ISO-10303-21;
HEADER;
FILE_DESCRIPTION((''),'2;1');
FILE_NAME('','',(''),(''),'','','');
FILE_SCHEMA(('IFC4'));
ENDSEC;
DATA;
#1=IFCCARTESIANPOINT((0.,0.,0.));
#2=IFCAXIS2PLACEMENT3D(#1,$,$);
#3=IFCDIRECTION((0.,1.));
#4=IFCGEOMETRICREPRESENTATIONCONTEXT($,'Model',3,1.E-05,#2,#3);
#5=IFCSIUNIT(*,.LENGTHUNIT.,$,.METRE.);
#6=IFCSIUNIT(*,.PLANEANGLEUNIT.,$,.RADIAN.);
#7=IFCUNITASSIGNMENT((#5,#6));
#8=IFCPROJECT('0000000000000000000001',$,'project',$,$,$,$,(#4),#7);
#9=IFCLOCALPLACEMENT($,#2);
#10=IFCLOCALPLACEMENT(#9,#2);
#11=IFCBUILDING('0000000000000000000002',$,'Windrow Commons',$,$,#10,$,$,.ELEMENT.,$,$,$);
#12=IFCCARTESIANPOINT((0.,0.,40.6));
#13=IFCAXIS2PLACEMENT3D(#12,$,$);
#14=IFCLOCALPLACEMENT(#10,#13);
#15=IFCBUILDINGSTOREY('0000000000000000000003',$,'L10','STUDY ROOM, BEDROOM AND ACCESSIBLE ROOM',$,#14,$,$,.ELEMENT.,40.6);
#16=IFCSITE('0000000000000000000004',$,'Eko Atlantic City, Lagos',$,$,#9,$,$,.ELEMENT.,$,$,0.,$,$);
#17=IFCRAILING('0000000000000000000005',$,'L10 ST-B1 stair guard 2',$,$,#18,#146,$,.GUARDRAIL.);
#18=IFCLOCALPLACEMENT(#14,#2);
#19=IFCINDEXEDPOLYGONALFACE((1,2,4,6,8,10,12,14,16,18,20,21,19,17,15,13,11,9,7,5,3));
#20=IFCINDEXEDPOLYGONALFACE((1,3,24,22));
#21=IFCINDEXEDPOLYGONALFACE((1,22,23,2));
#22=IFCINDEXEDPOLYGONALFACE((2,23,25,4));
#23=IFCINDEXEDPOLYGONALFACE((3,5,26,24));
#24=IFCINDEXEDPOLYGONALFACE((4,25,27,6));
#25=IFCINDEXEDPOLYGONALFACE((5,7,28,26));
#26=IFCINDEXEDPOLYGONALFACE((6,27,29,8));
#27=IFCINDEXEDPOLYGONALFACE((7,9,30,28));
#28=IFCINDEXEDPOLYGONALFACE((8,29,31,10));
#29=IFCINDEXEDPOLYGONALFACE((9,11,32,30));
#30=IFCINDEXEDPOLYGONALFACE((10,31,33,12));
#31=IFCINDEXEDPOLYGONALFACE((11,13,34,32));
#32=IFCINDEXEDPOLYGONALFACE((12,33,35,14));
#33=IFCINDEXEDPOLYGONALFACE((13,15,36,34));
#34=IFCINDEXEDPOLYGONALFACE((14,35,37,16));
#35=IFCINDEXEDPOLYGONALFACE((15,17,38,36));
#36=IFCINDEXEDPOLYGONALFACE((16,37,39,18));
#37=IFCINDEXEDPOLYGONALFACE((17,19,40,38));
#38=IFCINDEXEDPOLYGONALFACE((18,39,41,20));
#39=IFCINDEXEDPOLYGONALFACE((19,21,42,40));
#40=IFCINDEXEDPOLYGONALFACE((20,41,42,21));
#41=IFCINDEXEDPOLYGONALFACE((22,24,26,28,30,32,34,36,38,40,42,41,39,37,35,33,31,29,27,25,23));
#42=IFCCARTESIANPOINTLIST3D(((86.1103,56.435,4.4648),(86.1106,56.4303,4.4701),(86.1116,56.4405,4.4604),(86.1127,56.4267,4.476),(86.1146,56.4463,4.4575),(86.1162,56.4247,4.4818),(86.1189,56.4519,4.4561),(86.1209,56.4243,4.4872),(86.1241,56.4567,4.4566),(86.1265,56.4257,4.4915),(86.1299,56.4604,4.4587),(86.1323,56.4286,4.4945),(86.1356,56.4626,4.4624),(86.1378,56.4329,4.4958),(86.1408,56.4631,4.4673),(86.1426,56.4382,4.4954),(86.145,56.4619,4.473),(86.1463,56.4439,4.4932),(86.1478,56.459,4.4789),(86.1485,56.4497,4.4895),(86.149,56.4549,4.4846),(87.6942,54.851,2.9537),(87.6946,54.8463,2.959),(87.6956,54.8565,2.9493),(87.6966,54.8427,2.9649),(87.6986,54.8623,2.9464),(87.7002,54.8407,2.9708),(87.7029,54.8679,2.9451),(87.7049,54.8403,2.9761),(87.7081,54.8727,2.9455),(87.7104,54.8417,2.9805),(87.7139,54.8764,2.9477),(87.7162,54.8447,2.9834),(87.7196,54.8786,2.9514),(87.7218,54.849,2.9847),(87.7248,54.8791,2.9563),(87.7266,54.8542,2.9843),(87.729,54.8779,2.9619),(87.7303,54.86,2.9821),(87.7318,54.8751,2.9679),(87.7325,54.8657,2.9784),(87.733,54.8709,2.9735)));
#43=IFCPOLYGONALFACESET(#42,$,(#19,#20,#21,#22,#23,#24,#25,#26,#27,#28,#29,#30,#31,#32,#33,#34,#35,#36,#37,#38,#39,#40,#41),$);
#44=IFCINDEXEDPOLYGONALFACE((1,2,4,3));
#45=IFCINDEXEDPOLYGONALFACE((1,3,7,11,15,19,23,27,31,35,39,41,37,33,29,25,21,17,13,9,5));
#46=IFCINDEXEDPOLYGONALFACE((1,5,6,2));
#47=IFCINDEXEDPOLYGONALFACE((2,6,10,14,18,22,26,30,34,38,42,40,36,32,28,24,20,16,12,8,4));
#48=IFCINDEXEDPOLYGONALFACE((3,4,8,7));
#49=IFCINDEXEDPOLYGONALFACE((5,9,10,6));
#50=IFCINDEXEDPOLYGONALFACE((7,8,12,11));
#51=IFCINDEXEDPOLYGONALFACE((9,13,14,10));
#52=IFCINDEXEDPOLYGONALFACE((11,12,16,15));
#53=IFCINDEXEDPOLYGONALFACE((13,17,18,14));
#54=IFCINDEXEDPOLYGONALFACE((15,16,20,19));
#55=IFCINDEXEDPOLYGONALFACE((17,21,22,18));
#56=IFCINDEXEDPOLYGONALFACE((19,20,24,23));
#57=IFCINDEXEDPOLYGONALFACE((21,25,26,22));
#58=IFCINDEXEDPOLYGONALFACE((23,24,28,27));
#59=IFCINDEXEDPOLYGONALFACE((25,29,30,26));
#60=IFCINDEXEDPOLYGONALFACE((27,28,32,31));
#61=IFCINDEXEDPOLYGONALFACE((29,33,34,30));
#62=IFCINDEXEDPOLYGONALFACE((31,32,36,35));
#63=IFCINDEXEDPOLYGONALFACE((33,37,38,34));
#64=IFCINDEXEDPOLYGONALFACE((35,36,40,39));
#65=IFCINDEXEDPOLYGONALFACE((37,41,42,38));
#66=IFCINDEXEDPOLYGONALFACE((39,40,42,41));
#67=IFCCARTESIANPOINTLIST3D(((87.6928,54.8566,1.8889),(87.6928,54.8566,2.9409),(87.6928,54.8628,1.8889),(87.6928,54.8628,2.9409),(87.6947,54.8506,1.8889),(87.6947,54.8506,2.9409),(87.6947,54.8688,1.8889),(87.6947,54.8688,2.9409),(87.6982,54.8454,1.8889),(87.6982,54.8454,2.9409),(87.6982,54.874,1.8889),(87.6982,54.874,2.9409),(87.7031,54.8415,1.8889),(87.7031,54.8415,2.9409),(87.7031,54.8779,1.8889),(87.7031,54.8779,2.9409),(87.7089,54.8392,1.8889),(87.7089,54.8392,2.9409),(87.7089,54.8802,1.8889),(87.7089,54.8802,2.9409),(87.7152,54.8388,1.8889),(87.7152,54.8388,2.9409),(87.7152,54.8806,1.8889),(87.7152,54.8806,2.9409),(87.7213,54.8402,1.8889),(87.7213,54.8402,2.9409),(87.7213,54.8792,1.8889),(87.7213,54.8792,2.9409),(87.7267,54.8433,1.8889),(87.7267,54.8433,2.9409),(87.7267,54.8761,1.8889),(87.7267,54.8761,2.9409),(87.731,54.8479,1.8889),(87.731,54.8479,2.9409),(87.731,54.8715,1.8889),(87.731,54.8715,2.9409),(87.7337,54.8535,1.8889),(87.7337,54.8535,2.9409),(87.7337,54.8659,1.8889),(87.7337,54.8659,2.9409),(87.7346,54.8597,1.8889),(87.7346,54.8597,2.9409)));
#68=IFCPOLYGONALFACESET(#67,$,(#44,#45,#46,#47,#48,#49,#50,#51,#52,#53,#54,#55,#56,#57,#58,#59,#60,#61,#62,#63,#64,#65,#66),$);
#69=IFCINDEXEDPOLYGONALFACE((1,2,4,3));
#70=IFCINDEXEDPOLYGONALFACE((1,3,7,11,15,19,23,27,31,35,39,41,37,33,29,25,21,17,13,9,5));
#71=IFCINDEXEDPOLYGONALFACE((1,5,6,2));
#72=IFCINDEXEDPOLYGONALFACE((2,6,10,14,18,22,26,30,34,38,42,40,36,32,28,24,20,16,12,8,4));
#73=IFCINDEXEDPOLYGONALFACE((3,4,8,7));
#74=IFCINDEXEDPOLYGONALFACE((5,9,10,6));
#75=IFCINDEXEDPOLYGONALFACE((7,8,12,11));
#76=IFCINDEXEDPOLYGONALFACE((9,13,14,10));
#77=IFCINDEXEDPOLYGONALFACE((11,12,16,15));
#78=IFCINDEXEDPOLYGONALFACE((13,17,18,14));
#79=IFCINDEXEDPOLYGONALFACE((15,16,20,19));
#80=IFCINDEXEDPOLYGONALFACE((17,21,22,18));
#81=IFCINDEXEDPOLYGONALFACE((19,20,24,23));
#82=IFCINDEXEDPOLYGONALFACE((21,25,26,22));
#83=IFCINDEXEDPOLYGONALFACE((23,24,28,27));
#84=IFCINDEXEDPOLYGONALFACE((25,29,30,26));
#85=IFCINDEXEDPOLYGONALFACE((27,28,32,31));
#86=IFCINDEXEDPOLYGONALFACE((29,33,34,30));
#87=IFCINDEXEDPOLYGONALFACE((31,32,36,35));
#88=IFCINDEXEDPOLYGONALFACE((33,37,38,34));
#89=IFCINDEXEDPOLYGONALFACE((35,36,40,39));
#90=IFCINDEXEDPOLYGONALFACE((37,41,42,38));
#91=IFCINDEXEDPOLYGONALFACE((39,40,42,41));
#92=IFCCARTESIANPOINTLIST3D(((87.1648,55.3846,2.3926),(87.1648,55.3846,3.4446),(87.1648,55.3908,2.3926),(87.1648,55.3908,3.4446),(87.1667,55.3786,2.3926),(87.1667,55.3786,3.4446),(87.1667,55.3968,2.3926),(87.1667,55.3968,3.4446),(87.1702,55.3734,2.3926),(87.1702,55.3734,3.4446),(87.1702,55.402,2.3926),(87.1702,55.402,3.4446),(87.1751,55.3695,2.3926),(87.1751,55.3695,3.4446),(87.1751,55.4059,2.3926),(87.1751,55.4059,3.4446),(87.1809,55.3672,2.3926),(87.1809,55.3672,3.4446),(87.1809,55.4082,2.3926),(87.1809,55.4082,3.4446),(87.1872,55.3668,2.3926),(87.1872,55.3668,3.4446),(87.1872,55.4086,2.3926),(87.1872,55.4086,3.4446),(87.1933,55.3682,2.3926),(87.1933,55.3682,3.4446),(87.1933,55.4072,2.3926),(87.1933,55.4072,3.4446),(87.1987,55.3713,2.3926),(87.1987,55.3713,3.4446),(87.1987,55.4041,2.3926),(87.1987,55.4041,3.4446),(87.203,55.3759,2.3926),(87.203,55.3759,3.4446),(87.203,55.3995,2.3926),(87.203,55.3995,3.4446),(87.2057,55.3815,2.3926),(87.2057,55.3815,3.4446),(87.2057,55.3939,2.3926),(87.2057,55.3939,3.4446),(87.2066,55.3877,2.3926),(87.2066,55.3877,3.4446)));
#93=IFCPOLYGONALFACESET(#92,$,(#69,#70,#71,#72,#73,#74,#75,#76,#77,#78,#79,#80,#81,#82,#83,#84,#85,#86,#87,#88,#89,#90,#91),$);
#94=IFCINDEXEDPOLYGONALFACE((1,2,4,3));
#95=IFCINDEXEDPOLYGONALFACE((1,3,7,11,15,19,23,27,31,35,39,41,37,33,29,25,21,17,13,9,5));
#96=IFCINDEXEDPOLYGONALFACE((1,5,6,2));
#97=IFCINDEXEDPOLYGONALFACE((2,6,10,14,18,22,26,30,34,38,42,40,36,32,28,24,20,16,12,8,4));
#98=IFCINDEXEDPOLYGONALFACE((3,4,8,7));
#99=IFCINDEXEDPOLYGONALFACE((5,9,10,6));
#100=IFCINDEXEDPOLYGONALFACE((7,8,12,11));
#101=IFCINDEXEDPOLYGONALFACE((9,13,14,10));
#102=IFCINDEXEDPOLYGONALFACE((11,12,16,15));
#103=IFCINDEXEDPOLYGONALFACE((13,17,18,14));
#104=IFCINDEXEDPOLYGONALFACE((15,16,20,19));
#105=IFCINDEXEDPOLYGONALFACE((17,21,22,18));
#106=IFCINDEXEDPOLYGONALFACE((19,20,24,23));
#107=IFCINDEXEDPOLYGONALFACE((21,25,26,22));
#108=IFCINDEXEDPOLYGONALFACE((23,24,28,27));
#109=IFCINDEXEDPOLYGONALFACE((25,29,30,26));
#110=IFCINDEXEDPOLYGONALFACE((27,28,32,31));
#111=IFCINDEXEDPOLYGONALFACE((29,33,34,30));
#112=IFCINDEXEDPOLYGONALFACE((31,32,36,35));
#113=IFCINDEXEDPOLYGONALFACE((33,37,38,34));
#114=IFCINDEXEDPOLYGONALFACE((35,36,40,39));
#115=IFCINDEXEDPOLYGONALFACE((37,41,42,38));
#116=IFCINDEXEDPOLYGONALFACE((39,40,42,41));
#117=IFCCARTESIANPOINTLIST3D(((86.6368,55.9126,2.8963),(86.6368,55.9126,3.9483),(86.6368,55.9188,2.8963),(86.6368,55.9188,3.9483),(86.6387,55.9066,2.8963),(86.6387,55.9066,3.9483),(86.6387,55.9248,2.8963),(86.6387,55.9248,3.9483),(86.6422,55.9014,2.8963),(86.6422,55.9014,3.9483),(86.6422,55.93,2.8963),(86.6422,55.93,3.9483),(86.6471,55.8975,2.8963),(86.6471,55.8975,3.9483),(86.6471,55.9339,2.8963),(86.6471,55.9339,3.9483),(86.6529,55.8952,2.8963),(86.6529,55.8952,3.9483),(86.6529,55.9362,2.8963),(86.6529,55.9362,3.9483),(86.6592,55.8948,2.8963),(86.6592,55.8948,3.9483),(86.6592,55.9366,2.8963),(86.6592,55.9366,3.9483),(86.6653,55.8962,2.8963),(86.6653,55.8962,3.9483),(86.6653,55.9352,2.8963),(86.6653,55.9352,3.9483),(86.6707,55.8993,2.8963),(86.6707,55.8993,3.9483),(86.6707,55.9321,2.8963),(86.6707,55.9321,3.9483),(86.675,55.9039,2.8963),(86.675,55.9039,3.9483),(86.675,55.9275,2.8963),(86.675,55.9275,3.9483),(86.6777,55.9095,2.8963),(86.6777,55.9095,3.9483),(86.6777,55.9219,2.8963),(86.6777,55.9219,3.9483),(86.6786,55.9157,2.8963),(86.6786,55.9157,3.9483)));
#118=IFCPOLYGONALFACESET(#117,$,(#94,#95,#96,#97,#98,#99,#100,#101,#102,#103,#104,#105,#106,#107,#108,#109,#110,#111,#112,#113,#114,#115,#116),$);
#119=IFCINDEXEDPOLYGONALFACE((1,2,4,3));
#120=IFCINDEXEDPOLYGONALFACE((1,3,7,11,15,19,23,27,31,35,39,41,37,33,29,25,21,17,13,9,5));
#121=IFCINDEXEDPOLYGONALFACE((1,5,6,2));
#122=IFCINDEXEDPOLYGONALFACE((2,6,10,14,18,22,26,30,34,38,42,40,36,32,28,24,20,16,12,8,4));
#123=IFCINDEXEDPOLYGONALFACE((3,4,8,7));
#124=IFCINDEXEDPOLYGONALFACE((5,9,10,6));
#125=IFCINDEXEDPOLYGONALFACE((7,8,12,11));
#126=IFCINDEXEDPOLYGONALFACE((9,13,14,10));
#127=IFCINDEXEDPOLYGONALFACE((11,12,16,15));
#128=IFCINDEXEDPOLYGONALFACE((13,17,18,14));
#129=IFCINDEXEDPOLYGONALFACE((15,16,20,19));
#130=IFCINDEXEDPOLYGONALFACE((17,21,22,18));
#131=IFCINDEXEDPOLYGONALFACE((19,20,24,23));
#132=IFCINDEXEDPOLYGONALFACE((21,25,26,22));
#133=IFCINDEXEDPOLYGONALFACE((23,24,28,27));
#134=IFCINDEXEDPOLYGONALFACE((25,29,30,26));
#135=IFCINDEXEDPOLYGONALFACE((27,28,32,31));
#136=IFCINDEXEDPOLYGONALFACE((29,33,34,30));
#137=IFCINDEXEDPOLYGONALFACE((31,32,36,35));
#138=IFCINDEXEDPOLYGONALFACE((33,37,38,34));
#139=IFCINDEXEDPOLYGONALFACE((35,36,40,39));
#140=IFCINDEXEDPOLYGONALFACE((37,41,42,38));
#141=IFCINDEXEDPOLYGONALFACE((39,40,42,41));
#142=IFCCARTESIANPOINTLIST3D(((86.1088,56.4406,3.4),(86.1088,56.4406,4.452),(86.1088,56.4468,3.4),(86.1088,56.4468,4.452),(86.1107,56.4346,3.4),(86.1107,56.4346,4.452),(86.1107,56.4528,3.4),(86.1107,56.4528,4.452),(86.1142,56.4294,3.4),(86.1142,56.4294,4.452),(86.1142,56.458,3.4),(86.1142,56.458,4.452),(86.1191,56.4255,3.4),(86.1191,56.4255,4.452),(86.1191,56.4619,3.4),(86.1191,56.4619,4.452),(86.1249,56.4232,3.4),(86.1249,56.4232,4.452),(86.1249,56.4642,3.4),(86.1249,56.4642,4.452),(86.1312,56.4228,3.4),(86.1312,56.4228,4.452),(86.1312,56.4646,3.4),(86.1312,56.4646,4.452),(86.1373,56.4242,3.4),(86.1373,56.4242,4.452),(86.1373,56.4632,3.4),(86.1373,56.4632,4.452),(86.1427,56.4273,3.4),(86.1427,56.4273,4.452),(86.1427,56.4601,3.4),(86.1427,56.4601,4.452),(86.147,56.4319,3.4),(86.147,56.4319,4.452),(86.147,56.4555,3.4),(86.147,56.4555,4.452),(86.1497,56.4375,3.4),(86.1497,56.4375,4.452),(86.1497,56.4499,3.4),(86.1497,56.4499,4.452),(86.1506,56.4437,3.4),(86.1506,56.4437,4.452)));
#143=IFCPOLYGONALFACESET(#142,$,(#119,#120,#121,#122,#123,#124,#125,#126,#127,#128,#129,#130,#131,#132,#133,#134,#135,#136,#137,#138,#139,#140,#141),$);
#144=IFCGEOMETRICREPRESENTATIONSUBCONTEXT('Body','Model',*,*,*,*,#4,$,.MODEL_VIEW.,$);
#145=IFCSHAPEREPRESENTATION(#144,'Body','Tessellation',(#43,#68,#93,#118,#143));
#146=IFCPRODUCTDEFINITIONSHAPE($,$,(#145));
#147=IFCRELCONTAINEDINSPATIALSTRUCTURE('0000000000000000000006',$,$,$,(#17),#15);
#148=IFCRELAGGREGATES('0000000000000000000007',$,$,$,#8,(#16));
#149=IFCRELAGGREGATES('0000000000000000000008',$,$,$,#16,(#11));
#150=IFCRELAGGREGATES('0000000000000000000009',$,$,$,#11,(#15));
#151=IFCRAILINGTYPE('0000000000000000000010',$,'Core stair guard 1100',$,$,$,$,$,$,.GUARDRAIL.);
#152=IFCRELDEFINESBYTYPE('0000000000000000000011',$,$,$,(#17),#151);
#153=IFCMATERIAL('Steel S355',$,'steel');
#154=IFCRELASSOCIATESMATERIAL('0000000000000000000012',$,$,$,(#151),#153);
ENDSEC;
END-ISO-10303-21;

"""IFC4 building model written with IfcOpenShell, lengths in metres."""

from ifc_helpers import new_model, si_unit, direction, frame, origin, origin_2d, place, context, subcontext, project, spatial, circle, extrude, material, type_object, element, save


model = new_model("IFC4")

# Units and contexts
model_context = context("Model", 3, precision=1e-05, world=origin(), true_north=direction((0.0, 1.0)))
body_context = subcontext(model_context, "Body", "Model", "MODEL_VIEW")
ifc_project = project(units=[si_unit("LENGTHUNIT", "METRE"), si_unit("PLANEANGLEUNIT", "RADIAN")], contexts=[model_context])

# Site, building, storey
site_placement = place(None, origin())
site = spatial("IfcSite", under=ifc_project, at=site_placement, Name="Eko Atlantic City, Lagos", CompositionType="ELEMENT", RefElevation=0.0)
building_placement = place(site_placement, origin())
building = spatial("IfcBuilding", under=site, at=building_placement, Name="Windrow Commons", CompositionType="ELEMENT")
storey_placement = place(building_placement, frame((0.0, 0.0, 40.6)))
storey = spatial("IfcBuildingStorey", under=building, at=storey_placement, Name="L10", Description="STUDY ROOM, BEDROOM AND ACCESSIBLE ROOM", CompositionType="ELEMENT", Elevation=40.6)

# Railing
ifc_material_1 = material(Name="Steel S355", Category="steel")
railing_type_1 = type_object("IfcRailingType", Name="Core stair guard 1100", PredefinedType="GUARDRAIL", material=ifc_material_1)
railing_1_placement = place(storey_placement, frame((87.7136, 54.8597, 1.8889)))
element("IfcRailing", 1, at=railing_1_placement, inside=storey, type_object=railing_type_1, Name="L10 ST-B1 stair guard 2", PredefinedType="GUARDRAIL", context=body_context, shape_type="SweptSolid", body=[
    extrude(circle(Radius=0.024, at=origin_2d()), frame((0.0, 0.0, 1.076), z_axis=(-0.586203, 0.586203, 0.559224), x_axis=(-0.707107, -0.707107, 0.0)), (0.0, 0.0, 1.0), 2.7021),
    extrude(circle(Radius=0.021, at=origin_2d()), origin(), (0.0, 0.0, 1.0), 1.052),
    extrude(circle(Radius=0.021, at=origin_2d()), frame((-0.528, 0.528, 0.5037)), (0.0, 0.0, 1.0), 1.052),
    extrude(circle(Radius=0.021, at=origin_2d()), frame((-1.056, 1.056, 1.0074)), (0.0, 0.0, 1.0), 1.052),
    extrude(circle(Radius=0.021, at=origin_2d()), frame((-1.584, 1.584, 1.5111)), (0.0, 0.0, 1.0), 1.052),
])

save(model, "model.ifc")
